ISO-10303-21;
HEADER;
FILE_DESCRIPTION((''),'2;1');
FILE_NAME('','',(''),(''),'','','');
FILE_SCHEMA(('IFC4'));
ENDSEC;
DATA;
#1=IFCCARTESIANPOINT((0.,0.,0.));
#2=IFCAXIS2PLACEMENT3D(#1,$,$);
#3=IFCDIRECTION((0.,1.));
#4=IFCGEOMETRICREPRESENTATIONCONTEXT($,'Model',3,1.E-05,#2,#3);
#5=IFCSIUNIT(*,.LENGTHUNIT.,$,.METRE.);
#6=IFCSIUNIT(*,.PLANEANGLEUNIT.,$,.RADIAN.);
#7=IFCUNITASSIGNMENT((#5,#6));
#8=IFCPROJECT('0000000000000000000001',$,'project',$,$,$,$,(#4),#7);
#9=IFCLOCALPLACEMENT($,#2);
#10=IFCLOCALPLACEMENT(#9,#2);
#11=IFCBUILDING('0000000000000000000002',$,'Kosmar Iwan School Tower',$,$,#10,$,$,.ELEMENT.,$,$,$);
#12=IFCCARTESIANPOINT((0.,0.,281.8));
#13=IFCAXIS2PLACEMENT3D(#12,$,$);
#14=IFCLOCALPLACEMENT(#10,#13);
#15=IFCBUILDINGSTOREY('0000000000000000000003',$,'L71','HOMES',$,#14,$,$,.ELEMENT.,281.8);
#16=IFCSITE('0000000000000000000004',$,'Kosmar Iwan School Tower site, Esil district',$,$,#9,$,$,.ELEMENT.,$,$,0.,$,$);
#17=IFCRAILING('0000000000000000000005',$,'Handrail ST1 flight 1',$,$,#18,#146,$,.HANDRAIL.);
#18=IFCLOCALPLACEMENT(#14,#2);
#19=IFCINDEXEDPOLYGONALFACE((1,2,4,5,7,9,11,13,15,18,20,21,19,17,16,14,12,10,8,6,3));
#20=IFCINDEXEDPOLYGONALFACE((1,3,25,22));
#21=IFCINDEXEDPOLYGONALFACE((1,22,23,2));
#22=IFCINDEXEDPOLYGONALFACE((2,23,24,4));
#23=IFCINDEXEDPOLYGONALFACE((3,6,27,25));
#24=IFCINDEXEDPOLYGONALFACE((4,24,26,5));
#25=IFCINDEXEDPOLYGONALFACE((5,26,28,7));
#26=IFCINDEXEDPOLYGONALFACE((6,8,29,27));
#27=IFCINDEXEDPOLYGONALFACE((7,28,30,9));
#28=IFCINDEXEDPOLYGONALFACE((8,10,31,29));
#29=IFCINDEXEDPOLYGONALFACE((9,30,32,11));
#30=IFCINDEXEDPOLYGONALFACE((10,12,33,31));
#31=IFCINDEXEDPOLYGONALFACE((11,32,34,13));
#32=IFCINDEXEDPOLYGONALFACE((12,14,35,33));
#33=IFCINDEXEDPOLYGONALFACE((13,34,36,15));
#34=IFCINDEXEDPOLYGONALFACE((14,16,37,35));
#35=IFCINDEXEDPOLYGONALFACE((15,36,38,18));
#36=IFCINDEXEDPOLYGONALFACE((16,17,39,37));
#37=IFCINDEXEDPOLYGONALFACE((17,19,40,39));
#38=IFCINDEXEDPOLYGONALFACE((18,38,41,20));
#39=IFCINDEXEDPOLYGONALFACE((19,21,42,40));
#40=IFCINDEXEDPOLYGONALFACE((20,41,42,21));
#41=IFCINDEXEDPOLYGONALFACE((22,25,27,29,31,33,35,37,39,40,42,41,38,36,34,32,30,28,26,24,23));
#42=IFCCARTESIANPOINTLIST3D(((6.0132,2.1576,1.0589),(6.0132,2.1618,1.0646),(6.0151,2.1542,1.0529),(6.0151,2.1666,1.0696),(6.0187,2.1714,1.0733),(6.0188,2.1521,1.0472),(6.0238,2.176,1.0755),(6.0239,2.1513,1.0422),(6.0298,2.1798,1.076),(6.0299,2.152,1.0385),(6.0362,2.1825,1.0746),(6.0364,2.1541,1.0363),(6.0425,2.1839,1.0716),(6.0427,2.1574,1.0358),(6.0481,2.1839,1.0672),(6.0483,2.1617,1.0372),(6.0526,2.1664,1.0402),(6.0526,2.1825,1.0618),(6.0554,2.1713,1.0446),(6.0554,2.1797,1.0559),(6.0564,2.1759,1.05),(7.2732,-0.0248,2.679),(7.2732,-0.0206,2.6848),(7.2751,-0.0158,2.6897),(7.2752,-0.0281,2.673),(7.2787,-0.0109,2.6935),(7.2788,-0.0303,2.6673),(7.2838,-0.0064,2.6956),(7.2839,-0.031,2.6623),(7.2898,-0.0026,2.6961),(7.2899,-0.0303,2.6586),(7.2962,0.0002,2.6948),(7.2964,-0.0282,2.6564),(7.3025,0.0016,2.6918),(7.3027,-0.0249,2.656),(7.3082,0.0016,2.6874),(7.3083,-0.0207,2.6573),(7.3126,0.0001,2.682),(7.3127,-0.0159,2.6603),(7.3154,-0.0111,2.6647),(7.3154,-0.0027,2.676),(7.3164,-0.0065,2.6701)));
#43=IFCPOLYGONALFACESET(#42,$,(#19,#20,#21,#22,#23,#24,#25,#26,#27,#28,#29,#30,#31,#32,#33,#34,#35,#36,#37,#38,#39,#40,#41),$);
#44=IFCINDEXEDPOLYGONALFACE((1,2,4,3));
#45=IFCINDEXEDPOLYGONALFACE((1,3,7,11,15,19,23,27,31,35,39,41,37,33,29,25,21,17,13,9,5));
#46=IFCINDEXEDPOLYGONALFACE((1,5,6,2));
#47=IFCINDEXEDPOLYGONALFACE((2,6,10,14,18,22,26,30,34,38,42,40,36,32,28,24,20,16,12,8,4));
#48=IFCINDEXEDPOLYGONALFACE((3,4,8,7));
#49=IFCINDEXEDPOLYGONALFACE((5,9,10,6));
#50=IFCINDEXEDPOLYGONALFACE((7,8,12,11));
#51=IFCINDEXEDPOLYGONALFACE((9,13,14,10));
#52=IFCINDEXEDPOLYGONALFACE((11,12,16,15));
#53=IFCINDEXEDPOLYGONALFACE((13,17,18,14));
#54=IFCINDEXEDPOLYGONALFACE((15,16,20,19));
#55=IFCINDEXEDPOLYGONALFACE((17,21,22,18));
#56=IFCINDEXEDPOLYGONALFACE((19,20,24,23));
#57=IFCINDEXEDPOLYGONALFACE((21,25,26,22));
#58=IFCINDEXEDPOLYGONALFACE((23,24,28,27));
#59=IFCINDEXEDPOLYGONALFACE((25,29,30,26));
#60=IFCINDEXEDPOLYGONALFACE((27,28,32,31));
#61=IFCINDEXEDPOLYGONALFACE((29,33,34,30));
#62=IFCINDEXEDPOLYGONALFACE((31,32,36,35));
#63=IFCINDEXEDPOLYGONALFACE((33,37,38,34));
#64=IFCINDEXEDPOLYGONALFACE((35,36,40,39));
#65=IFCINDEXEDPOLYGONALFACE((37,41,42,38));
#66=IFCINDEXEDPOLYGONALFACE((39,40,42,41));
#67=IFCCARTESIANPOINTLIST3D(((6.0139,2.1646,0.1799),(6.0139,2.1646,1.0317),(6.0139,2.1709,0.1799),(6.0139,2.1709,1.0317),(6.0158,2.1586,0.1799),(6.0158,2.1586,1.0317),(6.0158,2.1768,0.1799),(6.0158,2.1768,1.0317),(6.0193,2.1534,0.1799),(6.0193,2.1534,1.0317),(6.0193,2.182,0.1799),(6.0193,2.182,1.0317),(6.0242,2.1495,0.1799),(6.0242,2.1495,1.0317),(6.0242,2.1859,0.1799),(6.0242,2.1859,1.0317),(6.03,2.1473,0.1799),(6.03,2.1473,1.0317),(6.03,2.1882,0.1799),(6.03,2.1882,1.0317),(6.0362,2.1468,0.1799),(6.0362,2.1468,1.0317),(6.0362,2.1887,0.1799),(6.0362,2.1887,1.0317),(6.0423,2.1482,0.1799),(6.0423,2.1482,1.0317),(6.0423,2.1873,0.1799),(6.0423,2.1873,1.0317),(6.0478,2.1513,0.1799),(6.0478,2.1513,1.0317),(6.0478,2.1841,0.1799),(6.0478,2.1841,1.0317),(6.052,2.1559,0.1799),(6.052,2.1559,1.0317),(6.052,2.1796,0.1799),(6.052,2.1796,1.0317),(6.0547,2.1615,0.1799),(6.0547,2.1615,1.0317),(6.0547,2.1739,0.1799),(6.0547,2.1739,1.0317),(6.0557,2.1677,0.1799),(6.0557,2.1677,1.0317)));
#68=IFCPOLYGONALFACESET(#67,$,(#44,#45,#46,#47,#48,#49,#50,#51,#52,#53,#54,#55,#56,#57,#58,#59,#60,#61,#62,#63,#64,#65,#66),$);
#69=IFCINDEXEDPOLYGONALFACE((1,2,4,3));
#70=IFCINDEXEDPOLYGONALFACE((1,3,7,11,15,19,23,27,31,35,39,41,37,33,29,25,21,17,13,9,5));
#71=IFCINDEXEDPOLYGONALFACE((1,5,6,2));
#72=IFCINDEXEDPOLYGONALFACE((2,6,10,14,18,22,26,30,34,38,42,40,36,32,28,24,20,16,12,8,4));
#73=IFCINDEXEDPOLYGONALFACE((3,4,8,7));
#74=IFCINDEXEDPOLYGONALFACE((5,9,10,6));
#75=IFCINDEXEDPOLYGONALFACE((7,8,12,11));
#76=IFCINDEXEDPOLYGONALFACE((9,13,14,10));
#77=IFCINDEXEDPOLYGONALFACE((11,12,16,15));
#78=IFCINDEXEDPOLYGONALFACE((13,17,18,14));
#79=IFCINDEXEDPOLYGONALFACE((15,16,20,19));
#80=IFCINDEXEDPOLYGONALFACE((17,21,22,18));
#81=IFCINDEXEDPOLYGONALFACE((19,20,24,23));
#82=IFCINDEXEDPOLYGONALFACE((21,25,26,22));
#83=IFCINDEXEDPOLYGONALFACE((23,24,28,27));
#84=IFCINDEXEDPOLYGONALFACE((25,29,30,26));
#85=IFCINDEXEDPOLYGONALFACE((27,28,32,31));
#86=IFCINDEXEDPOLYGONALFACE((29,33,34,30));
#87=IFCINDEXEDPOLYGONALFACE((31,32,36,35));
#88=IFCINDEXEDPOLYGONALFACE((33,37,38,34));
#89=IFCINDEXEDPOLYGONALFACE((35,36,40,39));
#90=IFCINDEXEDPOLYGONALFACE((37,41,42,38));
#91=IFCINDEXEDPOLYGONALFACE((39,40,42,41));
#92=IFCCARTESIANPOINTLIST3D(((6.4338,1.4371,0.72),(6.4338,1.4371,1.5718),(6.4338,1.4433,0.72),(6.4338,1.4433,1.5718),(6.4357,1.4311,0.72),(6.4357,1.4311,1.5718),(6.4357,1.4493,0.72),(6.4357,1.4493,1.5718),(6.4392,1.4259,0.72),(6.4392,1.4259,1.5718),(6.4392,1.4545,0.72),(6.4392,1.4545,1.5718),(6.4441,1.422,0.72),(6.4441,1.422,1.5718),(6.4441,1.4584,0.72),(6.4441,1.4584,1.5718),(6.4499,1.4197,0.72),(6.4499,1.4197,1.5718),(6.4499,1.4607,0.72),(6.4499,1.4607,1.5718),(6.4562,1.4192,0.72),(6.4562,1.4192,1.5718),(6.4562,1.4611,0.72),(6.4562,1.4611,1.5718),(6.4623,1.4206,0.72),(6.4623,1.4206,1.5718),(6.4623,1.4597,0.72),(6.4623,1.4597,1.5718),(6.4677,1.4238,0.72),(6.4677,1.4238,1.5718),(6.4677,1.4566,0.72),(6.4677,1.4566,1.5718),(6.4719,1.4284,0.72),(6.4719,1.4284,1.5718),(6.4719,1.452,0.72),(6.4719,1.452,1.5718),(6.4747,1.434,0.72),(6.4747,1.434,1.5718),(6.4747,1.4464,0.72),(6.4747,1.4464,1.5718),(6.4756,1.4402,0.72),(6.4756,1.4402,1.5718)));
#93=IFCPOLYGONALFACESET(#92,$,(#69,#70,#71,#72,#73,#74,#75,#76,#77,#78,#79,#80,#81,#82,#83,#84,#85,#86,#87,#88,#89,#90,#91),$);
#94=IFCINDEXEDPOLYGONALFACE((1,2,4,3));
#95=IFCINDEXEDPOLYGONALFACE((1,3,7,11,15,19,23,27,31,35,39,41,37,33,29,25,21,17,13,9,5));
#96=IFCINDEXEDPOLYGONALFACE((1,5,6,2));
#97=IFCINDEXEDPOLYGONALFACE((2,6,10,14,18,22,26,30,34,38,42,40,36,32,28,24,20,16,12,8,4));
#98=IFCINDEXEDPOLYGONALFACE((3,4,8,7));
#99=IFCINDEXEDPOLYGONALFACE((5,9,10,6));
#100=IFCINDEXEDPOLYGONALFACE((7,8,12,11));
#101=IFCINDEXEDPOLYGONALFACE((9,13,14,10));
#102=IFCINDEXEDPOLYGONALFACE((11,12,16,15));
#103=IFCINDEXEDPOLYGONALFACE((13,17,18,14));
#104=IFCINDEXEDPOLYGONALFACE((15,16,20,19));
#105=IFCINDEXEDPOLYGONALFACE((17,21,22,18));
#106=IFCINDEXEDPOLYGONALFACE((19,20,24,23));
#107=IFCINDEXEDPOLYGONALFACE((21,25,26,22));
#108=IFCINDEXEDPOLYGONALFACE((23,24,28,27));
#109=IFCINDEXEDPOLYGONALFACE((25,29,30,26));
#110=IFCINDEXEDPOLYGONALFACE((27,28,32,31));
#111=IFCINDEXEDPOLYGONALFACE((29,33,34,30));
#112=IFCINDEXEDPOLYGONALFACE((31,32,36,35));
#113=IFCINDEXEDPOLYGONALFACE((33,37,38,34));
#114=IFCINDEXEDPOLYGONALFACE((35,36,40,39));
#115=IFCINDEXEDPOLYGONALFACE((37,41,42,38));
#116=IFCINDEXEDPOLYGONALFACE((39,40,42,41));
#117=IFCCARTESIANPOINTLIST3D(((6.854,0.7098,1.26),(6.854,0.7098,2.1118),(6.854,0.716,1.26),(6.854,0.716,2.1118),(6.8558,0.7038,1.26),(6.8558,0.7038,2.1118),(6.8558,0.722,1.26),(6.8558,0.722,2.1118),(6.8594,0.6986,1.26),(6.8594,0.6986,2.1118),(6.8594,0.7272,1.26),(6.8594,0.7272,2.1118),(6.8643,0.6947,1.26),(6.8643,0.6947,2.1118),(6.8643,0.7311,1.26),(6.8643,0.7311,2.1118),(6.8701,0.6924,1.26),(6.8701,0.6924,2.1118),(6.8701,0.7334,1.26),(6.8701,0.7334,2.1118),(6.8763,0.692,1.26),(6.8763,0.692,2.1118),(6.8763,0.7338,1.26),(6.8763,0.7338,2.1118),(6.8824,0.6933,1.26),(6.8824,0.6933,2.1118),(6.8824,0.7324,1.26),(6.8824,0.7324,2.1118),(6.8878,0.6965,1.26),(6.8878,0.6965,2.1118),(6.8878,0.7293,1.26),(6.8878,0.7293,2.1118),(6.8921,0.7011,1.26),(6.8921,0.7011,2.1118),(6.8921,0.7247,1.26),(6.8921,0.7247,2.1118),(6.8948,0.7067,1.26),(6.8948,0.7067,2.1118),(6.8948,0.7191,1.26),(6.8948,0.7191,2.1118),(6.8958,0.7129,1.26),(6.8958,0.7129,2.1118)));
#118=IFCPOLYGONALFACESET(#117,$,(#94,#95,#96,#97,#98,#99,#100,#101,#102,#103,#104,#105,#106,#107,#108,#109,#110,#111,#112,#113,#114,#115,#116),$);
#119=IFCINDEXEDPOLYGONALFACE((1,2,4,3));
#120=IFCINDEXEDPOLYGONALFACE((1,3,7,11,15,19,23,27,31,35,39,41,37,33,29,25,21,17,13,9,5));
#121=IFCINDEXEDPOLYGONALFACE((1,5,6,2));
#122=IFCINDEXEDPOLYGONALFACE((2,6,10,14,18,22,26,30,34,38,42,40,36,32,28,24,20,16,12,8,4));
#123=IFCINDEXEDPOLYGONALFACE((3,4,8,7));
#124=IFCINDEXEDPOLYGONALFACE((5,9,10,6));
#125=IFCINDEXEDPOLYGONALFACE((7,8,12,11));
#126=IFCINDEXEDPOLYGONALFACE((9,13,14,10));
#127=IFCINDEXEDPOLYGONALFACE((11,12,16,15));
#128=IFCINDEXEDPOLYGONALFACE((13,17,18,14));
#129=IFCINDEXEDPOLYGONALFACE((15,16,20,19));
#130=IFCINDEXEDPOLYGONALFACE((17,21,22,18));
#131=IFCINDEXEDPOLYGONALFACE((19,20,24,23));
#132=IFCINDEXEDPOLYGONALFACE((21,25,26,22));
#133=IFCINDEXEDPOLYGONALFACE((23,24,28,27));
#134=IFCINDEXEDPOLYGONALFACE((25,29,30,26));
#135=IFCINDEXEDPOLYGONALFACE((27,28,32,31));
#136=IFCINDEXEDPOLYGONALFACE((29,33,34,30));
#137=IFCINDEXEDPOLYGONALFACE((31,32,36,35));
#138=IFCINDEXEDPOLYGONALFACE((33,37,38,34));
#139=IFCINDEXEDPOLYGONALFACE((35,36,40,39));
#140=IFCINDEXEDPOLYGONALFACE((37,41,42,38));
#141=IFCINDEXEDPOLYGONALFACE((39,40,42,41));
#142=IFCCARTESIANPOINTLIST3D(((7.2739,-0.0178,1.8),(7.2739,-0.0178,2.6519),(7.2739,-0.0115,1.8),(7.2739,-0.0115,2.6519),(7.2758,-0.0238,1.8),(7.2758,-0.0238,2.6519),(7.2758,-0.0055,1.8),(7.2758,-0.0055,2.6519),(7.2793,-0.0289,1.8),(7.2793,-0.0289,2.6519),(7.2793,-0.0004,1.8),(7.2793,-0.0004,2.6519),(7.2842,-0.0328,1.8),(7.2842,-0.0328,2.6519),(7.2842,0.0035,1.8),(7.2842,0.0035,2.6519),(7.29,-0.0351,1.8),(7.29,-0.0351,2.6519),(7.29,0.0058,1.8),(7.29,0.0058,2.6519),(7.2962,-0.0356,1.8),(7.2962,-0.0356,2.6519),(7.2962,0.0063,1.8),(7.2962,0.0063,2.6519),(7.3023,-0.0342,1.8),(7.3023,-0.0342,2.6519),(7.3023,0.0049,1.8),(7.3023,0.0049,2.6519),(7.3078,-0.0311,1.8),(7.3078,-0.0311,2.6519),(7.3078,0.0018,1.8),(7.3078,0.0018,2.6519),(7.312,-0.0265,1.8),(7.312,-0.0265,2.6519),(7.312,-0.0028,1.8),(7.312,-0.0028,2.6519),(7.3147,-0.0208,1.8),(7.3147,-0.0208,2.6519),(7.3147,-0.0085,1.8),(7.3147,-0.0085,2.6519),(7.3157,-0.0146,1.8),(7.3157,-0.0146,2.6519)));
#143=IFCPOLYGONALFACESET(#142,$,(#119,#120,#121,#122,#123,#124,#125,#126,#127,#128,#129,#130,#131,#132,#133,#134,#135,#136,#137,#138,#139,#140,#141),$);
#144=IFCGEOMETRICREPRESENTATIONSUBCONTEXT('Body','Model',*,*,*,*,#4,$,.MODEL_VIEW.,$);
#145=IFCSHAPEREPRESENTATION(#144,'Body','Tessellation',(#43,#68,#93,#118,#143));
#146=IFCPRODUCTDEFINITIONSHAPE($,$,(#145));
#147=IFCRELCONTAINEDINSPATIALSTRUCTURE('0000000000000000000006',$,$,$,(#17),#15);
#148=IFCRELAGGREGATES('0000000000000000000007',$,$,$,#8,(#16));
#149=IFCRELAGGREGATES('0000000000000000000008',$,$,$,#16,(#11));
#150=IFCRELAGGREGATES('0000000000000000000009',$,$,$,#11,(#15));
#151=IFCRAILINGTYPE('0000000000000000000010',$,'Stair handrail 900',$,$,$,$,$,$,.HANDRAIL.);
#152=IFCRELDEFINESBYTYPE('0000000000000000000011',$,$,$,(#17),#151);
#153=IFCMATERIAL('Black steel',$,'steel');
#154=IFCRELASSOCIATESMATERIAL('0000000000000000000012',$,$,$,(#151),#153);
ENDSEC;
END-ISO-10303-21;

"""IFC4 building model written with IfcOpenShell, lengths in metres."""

from ifc_helpers import new_model, si_unit, direction, frame, origin, origin_2d, place, context, subcontext, project, spatial, circle, extrude, material, type_object, element, save


model = new_model("IFC4")

# Units and contexts
model_context = context("Model", 3, precision=1e-05, world=origin(), true_north=direction((0.0, 1.0)))
body_context = subcontext(model_context, "Body", "Model", "MODEL_VIEW")
ifc_project = project(units=[si_unit("LENGTHUNIT", "METRE"), si_unit("PLANEANGLEUNIT", "RADIAN")], contexts=[model_context])

# Site, building, storey
site_placement = place(None, origin())
site = spatial("IfcSite", under=ifc_project, at=site_placement, Name="Kosmar Iwan School Tower site, Esil district", CompositionType="ELEMENT", RefElevation=0.0)
building_placement = place(site_placement, origin())
building = spatial("IfcBuilding", under=site, at=building_placement, Name="Kosmar Iwan School Tower", CompositionType="ELEMENT")
storey_placement = place(building_placement, frame((0.0, 0.0, 281.8)))
storey = spatial("IfcBuildingStorey", under=building, at=storey_placement, Name="L71", Description="HOMES", CompositionType="ELEMENT", Elevation=281.8)

# Railing
ifc_material_1 = material(Name="Black steel", Category="steel")
railing_type = type_object("IfcRailingType", Name="Stair handrail 900", PredefinedType="HANDRAIL", material=ifc_material_1)
railing_placement = place(storey_placement, frame((6.0347, 2.1677, 0.1799)))
element("IfcRailing", 1, at=railing_placement, inside=storey, type_object=railing_type, Name="Handrail ST1 flight 1", PredefinedType="HANDRAIL", context=body_context, shape_type="SweptSolid", body=[
    extrude(circle(Radius=0.0239, at=origin_2d()), frame((0.0, 0.0, 0.876), z_axis=(0.420584, -0.728464, 0.540786), x_axis=(0.866023, 0.500005, 0.0)), (0.0, 0.0, 1.0), 2.9958),
    extrude(circle(Radius=0.021, at=origin_2d()), origin(), (0.0, 0.0, 1.0), 0.8518),
    extrude(circle(Radius=0.021, at=origin_2d()), frame((0.4199, -0.7275, 0.54)), (0.0, 0.0, 1.0), 0.8518),
    extrude(circle(Radius=0.021, at=origin_2d()), frame((0.8401, -1.4548, 1.0801)), (0.0, 0.0, 1.0), 0.8518),
    extrude(circle(Radius=0.021, at=origin_2d()), frame((1.26, -2.1824, 1.6201)), (0.0, 0.0, 1.0), 0.8518),
])

save(model, "model.ifc")
